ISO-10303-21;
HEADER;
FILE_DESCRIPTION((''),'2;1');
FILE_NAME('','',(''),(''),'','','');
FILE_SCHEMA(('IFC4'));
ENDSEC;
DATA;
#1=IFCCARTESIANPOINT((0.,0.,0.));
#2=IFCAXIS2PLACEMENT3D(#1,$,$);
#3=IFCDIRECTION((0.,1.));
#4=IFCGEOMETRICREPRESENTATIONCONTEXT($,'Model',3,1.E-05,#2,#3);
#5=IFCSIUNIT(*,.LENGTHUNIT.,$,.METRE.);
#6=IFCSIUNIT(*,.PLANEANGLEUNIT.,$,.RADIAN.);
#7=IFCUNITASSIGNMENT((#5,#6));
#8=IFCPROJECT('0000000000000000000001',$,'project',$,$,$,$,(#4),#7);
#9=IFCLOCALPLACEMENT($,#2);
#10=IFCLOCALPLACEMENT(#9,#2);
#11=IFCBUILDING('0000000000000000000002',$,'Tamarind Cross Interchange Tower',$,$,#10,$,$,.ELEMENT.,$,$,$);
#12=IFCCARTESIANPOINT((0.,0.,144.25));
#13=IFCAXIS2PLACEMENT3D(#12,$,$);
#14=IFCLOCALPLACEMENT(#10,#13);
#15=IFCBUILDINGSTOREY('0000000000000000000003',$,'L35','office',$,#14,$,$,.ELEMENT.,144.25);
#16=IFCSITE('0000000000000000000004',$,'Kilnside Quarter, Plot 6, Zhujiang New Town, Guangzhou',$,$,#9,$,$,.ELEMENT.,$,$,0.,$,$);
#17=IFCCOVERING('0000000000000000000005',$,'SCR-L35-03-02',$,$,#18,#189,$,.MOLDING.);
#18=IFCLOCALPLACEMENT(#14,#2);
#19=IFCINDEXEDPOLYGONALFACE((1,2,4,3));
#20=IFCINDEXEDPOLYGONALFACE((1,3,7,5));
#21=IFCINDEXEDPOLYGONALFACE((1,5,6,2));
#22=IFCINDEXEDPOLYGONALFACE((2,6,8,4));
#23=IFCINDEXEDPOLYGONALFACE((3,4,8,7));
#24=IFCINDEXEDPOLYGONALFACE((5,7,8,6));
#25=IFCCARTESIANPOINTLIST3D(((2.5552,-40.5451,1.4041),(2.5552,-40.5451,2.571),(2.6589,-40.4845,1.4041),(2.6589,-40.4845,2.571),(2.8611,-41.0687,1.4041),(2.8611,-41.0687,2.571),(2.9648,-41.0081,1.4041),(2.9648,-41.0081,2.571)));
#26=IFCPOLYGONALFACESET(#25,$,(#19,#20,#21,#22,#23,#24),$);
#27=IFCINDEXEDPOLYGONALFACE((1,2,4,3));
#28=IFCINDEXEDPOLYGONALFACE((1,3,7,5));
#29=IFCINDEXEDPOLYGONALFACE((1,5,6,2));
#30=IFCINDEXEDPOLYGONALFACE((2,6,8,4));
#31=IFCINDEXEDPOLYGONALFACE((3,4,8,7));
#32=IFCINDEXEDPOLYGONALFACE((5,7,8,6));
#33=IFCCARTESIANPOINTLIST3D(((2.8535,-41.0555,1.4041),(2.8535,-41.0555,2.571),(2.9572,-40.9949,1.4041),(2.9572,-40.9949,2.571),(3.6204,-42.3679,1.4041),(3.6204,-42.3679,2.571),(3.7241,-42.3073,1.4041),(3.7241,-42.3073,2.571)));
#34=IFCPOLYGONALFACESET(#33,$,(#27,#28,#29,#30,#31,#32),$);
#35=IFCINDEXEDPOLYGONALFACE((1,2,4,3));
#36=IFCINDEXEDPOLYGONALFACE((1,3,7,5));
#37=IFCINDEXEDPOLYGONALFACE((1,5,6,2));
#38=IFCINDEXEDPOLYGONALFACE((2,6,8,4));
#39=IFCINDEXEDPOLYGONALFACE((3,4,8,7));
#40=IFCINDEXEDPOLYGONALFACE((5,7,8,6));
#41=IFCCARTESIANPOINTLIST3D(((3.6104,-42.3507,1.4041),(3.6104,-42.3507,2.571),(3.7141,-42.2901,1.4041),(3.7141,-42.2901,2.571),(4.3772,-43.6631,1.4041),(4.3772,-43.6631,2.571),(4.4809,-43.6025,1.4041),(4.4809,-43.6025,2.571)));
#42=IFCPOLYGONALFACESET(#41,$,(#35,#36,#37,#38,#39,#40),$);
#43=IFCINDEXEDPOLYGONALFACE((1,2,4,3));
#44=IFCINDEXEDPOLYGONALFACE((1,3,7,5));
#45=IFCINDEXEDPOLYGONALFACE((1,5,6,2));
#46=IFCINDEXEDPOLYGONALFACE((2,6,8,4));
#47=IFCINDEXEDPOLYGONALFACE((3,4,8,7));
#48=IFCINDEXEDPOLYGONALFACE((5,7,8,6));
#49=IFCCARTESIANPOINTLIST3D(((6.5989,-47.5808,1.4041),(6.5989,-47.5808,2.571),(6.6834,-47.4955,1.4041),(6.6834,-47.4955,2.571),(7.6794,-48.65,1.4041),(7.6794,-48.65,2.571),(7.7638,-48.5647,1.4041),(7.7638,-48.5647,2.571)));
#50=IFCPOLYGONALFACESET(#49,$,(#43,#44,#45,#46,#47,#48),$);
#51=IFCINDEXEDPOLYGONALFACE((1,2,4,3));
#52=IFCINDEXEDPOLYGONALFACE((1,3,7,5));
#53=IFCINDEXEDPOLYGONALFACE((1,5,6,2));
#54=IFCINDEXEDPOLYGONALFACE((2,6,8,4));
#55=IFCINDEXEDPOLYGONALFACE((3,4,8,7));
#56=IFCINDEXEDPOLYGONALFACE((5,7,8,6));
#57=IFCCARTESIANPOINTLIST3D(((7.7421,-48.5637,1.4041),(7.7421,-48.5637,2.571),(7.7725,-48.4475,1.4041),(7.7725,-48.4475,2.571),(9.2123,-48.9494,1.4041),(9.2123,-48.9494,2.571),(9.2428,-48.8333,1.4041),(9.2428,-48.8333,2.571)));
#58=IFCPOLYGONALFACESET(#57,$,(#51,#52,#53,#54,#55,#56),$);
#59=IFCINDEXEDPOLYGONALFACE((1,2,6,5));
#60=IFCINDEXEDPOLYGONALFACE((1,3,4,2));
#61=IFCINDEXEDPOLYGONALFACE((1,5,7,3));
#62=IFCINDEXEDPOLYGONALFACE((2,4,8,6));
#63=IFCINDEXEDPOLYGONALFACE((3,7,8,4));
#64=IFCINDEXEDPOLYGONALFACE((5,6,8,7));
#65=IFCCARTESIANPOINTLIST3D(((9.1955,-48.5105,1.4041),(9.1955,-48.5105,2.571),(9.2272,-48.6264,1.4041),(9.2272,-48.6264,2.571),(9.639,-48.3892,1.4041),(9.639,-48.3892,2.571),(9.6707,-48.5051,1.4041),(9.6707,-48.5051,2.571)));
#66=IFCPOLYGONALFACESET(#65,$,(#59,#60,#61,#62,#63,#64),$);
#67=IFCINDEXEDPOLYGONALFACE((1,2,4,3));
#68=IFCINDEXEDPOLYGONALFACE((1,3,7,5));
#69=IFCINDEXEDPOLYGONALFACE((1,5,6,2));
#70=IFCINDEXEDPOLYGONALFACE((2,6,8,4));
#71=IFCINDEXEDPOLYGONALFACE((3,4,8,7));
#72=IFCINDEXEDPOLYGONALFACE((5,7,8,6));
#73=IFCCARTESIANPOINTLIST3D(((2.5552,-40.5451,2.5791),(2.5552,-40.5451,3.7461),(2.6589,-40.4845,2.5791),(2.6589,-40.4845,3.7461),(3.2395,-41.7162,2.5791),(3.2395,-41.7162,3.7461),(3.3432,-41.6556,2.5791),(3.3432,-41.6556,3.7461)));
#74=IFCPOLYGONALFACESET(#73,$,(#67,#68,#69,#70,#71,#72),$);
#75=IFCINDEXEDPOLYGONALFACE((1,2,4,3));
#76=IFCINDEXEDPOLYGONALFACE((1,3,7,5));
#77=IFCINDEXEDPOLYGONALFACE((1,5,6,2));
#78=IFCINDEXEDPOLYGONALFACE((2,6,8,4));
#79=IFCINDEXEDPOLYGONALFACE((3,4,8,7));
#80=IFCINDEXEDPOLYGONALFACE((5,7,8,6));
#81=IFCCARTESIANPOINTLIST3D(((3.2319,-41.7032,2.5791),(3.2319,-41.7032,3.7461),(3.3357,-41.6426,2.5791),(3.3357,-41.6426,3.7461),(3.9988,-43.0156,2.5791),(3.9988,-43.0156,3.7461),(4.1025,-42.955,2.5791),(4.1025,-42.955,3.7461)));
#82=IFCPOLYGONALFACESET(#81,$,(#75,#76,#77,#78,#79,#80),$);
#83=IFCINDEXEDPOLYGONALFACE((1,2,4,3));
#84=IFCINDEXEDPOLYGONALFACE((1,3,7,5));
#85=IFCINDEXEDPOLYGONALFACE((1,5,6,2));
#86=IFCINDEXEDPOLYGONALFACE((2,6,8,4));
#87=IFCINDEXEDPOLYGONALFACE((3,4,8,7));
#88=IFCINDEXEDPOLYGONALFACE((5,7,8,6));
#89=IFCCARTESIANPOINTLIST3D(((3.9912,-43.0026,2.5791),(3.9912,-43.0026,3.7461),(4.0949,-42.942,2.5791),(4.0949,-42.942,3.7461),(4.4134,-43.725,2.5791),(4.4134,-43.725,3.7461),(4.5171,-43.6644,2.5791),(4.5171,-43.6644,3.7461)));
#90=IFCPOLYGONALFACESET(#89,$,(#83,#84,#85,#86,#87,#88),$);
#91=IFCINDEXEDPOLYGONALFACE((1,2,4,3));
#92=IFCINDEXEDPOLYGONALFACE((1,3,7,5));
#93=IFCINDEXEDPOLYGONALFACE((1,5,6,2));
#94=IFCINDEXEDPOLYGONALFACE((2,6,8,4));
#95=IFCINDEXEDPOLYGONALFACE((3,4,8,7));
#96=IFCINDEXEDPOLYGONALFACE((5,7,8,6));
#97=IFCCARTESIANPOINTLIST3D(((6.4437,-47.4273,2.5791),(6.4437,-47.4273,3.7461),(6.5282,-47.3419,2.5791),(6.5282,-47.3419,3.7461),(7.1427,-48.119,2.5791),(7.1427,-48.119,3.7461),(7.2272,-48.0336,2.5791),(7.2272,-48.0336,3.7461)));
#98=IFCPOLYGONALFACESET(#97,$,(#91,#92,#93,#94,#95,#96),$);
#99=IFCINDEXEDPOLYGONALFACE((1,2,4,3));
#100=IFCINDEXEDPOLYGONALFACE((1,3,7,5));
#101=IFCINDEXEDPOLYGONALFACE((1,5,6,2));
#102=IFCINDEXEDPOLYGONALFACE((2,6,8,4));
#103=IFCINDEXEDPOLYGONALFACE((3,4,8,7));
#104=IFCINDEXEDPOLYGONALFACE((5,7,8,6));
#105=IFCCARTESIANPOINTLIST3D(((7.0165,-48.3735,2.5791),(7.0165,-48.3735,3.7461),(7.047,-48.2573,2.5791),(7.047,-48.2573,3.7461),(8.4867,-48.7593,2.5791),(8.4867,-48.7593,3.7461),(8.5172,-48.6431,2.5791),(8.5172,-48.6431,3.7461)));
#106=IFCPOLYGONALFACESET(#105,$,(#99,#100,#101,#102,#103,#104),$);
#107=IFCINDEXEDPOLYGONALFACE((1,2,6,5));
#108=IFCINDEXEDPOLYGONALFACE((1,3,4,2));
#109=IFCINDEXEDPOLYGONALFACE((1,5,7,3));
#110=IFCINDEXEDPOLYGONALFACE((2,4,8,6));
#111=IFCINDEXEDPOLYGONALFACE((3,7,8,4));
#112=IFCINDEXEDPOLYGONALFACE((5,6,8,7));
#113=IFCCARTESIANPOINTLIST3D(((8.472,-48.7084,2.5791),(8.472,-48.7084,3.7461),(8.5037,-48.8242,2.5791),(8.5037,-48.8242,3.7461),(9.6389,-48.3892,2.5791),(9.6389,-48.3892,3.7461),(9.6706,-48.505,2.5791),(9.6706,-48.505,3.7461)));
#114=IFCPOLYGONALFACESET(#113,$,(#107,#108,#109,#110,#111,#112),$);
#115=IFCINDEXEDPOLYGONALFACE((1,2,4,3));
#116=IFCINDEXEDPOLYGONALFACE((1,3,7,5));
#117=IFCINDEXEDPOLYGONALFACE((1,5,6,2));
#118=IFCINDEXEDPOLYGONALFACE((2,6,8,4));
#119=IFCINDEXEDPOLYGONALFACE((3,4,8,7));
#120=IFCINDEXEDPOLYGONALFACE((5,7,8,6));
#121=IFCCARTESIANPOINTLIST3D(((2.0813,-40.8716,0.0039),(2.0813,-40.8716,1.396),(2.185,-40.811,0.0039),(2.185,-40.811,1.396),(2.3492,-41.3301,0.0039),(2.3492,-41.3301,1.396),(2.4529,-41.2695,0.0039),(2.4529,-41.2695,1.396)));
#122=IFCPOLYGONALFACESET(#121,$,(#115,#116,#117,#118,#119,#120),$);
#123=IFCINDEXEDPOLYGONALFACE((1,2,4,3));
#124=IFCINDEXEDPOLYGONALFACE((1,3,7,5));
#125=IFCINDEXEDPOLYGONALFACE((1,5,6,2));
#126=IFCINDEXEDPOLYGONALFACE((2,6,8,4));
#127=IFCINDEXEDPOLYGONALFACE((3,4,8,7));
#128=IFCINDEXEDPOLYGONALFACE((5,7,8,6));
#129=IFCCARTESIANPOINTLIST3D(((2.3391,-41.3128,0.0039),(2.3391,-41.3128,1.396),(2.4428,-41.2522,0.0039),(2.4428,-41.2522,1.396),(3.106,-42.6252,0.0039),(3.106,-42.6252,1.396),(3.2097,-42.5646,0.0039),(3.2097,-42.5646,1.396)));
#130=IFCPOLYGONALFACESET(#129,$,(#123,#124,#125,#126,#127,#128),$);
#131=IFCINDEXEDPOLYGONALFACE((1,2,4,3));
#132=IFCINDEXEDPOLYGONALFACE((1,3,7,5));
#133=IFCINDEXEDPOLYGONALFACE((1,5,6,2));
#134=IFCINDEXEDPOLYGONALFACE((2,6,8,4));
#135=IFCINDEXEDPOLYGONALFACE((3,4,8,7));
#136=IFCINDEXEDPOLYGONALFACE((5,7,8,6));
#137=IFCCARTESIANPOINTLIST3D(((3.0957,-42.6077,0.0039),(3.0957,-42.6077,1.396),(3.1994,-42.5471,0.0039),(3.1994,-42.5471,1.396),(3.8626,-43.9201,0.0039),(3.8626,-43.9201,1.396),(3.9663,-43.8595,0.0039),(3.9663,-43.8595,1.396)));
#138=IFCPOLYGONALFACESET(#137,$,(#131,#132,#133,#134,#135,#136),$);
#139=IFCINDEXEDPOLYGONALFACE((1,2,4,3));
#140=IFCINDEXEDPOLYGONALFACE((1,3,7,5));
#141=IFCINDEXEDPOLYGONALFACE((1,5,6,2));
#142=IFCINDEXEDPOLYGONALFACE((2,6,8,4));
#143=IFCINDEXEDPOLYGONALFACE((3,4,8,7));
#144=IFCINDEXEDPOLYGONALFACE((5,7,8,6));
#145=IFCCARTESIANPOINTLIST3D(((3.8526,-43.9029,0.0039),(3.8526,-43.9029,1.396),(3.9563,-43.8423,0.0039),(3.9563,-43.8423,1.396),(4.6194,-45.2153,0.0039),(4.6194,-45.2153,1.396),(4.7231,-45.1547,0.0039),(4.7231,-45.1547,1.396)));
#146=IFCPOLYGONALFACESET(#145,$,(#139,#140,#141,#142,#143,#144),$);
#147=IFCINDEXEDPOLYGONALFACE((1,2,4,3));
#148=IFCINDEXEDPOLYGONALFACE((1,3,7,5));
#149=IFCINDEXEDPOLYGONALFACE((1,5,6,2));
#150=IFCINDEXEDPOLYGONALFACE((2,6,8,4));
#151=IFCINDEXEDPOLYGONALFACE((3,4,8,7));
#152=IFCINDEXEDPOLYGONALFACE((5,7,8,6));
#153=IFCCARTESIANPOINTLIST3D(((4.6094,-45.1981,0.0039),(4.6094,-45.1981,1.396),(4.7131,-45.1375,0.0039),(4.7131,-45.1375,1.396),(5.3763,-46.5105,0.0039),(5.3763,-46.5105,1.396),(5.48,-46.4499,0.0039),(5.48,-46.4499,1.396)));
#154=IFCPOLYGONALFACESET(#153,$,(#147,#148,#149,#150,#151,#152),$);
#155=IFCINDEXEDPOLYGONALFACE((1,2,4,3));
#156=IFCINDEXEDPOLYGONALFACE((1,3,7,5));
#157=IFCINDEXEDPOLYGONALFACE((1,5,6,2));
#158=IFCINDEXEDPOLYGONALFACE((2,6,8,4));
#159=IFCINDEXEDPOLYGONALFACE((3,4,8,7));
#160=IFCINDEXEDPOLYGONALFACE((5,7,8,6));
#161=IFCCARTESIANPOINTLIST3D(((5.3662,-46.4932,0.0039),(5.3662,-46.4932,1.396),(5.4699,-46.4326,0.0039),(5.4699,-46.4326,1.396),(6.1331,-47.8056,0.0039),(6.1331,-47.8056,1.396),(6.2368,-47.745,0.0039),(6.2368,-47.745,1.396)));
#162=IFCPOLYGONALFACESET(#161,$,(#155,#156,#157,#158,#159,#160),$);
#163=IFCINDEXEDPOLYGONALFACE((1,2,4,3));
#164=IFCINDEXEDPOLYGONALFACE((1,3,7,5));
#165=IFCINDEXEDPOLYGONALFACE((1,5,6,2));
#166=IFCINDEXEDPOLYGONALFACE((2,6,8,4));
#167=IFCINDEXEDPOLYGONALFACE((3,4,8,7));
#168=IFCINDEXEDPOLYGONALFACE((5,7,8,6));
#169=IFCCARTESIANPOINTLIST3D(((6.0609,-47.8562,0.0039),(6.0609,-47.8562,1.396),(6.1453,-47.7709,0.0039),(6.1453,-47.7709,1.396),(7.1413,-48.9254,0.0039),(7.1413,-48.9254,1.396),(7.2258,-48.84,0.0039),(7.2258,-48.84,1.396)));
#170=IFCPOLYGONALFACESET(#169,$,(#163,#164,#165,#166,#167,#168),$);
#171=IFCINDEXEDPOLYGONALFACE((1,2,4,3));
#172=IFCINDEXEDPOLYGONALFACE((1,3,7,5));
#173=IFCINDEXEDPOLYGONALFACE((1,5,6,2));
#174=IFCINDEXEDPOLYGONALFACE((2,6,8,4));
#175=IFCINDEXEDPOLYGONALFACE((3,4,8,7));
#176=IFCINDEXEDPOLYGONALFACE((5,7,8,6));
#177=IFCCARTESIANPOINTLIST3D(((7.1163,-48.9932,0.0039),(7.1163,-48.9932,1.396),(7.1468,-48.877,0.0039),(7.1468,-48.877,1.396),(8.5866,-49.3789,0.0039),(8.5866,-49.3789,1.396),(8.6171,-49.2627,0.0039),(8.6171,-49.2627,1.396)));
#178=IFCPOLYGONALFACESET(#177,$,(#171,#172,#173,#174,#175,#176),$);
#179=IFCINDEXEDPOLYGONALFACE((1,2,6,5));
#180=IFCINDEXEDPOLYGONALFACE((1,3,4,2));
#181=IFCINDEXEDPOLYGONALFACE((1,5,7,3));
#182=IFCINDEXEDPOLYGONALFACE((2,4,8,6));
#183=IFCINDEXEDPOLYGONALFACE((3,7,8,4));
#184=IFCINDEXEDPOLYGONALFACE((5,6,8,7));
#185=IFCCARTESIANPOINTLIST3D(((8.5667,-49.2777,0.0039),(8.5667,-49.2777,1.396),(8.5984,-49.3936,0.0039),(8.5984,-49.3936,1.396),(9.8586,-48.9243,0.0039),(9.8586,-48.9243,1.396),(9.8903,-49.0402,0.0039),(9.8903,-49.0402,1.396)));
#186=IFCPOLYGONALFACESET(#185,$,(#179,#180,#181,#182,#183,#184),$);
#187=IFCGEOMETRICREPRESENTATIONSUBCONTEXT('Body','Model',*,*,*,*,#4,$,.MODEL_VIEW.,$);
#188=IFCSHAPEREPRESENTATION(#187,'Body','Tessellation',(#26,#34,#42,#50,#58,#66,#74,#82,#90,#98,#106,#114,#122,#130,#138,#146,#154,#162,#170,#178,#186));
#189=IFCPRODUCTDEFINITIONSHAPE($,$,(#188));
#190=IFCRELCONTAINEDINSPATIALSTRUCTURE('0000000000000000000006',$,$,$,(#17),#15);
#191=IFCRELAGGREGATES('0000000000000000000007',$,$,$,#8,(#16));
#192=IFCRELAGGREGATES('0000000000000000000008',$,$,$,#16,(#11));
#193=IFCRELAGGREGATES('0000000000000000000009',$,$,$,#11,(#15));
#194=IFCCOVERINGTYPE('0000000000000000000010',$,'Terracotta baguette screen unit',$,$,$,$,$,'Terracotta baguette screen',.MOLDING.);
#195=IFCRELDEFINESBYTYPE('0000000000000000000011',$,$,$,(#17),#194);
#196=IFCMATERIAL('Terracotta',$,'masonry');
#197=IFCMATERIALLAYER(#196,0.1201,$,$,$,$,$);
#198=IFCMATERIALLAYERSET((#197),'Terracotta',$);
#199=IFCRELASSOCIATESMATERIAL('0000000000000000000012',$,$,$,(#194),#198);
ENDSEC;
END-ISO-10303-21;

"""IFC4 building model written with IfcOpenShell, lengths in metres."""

from ifc_helpers import new_model, si_unit, direction, frame, origin, origin_2d, place, context, subcontext, project, spatial, rectangle, extrude, material, layer, layer_set, type_object, element, save


model = new_model("IFC4")

# Units and contexts
model_context = context("Model", 3, precision=1e-05, world=origin(), true_north=direction((0.0, 1.0)))
body_context = subcontext(model_context, "Body", "Model", "MODEL_VIEW")
ifc_project = project(units=[si_unit("LENGTHUNIT", "METRE"), si_unit("PLANEANGLEUNIT", "RADIAN")], contexts=[model_context])

# Site, building, storey
site_placement = place(None, origin())
site = spatial("IfcSite", under=ifc_project, at=site_placement, Name="Kilnside Quarter, Plot 6, Zhujiang New Town, Guangzhou", CompositionType="ELEMENT", RefElevation=0.0)
building_placement = place(site_placement, origin())
building = spatial("IfcBuilding", under=site, at=building_placement, Name="Tamarind Cross Interchange Tower", CompositionType="ELEMENT")
storey_placement = place(building_placement, frame((0.0, 0.0, 144.25)))
storey = spatial("IfcBuildingStorey", under=building, at=storey_placement, Name="L35", Description="office", CompositionType="ELEMENT", Elevation=144.25)

# Covering
ifc_material_1 = material(Name="Terracotta", Category="masonry")
ifc_layer_1 = layer(ifc_material_1, 0.1201)
ifc_layer_set_1 = layer_set([ifc_layer_1], Name="Terracotta")
covering_type = type_object("IfcCoveringType", Name="Terracotta baguette screen unit", ElementType="Terracotta baguette screen", PredefinedType="MOLDING", material=ifc_layer_set_1)
covering_1_placement = place(storey_placement, origin())
element("IfcCovering", 1, at=covering_1_placement, inside=storey, type_object=covering_type, Name="SCR-L35-03-02", PredefinedType="MOLDING", context=body_context, shape_type="SweptSolid", body=[
    extrude(rectangle(XDim=0.6064, YDim=0.1201, at=origin_2d()), frame((2.76, -40.7766, 1.4041), z_axis=(0.0, 0.0, 1.0), x_axis=(0.504516, -0.863403, 0.0)), (0.0, 0.0, 1.0), 1.167),
    extrude(rectangle(XDim=1.52, YDim=0.1201, at=origin_2d()), frame((3.2888, -41.6814, 1.4041), z_axis=(0.0, 0.0, 1.0), x_axis=(0.504516, -0.863403, 0.0)), (0.0, 0.0, 1.0), 1.167),
    extrude(rectangle(XDim=1.52, YDim=0.1201, at=origin_2d()), frame((4.0457, -42.9766, 1.4041), z_axis=(0.0, 0.0, 1.0), x_axis=(0.504516, -0.863403, 0.0)), (0.0, 0.0, 1.0), 1.167),
    extrude(rectangle(XDim=1.52, YDim=0.1201, at=origin_2d()), frame((7.1814, -48.0728, 1.4041), z_axis=(0.0, 0.0, 1.0), x_axis=(0.71079, -0.703405, 0.0)), (0.0, 0.0, 1.0), 1.167),
    extrude(rectangle(XDim=1.52, YDim=0.1201, at=origin_2d()), frame((8.4924, -48.6985, 1.4041), z_axis=(0.0, 0.0, 1.0), x_axis=(0.967264, -0.253771, 0.0)), (0.0, 0.0, 1.0), 1.167),
    extrude(rectangle(XDim=0.4597, YDim=0.1201, at=origin_2d()), frame((9.4331, -48.5078, 1.4041), z_axis=(0.0, 0.0, 1.0), x_axis=(0.964561, 0.26386, 0.0)), (0.0, 0.0, 1.0), 1.167),
    extrude(rectangle(XDim=1.3564, YDim=0.1201, at=origin_2d()), frame((2.9492, -41.1003, 2.5791), z_axis=(0.0, 0.0, 1.0), x_axis=(0.504516, -0.863403, 0.0)), (0.0, 0.0, 1.0), 1.167),
    extrude(rectangle(XDim=1.52, YDim=0.1201, at=origin_2d()), frame((3.6672, -42.3291, 2.5791), z_axis=(0.0, 0.0, 1.0), x_axis=(0.504516, -0.863403, 0.0)), (0.0, 0.0, 1.0), 1.167),
    extrude(rectangle(XDim=0.8367, YDim=0.1201, at=origin_2d()), frame((4.2542, -43.3335, 2.5791), z_axis=(0.0, 0.0, 1.0), x_axis=(0.504516, -0.863403, 0.0)), (0.0, 0.0, 1.0), 1.167),
    extrude(rectangle(XDim=0.9834, YDim=0.1201, at=origin_2d()), frame((6.8354, -47.7305, 2.5791), z_axis=(0.0, 0.0, 1.0), x_axis=(0.71079, -0.703405, 0.0)), (0.0, 0.0, 1.0), 1.167),
    extrude(rectangle(XDim=1.52, YDim=0.1201, at=origin_2d()), frame((7.7668, -48.5083, 2.5791), z_axis=(0.0, 0.0, 1.0), x_axis=(0.967264, -0.253771, 0.0)), (0.0, 0.0, 1.0), 1.167),
    extrude(rectangle(XDim=1.2097, YDim=0.1201, at=origin_2d()), frame((9.0713, -48.6067, 2.5791), z_axis=(0.0, 0.0, 1.0), x_axis=(0.964561, 0.26386, 0.0)), (0.0, 0.0, 1.0), 1.167),
    extrude(rectangle(XDim=0.531, YDim=0.1201, at=origin_2d()), frame((2.2671, -41.0706, 0.0039), z_axis=(0.0, 0.0, 1.0), x_axis=(0.504516, -0.863403, 0.0)), (0.0, 0.0, 1.0), 1.3921),
    extrude(rectangle(XDim=1.52, YDim=0.1201, at=origin_2d()), frame((2.7744, -41.9387, 0.0039), z_axis=(0.0, 0.0, 1.0), x_axis=(0.504516, -0.863403, 0.0)), (0.0, 0.0, 1.0), 1.3921),
    extrude(rectangle(XDim=1.52, YDim=0.1201, at=origin_2d()), frame((3.531, -43.2336, 0.0039), z_axis=(0.0, 0.0, 1.0), x_axis=(0.504516, -0.863403, 0.0)), (0.0, 0.0, 1.0), 1.3921),
    extrude(rectangle(XDim=1.52, YDim=0.1201, at=origin_2d()), frame((4.2878, -44.5288, 0.0039), z_axis=(0.0, 0.0, 1.0), x_axis=(0.504516, -0.863403, 0.0)), (0.0, 0.0, 1.0), 1.3921),
    extrude(rectangle(XDim=1.52, YDim=0.1201, at=origin_2d()), frame((5.0447, -45.824, 0.0039), z_axis=(0.0, 0.0, 1.0), x_axis=(0.504516, -0.863403, 0.0)), (0.0, 0.0, 1.0), 1.3921),
    extrude(rectangle(XDim=1.52, YDim=0.1201, at=origin_2d()), frame((5.8015, -47.1191, 0.0039), z_axis=(0.0, 0.0, 1.0), x_axis=(0.504516, -0.863403, 0.0)), (0.0, 0.0, 1.0), 1.3921),
    extrude(rectangle(XDim=1.52, YDim=0.1201, at=origin_2d()), frame((6.6433, -48.3481, 0.0039), z_axis=(0.0, 0.0, 1.0), x_axis=(0.71079, -0.703405, 0.0)), (0.0, 0.0, 1.0), 1.3921),
    extrude(rectangle(XDim=1.52, YDim=0.1201, at=origin_2d()), frame((7.8667, -49.1279, 0.0039), z_axis=(0.0, 0.0, 1.0), x_axis=(0.967264, -0.253771, 0.0)), (0.0, 0.0, 1.0), 1.3921),
    extrude(rectangle(XDim=1.3394, YDim=0.1201, at=origin_2d()), frame((9.2285, -49.1589, 0.0039), z_axis=(0.0, 0.0, 1.0), x_axis=(0.964561, 0.26386, 0.0)), (0.0, 0.0, 1.0), 1.3921),
])

save(model, "model.ifc")
